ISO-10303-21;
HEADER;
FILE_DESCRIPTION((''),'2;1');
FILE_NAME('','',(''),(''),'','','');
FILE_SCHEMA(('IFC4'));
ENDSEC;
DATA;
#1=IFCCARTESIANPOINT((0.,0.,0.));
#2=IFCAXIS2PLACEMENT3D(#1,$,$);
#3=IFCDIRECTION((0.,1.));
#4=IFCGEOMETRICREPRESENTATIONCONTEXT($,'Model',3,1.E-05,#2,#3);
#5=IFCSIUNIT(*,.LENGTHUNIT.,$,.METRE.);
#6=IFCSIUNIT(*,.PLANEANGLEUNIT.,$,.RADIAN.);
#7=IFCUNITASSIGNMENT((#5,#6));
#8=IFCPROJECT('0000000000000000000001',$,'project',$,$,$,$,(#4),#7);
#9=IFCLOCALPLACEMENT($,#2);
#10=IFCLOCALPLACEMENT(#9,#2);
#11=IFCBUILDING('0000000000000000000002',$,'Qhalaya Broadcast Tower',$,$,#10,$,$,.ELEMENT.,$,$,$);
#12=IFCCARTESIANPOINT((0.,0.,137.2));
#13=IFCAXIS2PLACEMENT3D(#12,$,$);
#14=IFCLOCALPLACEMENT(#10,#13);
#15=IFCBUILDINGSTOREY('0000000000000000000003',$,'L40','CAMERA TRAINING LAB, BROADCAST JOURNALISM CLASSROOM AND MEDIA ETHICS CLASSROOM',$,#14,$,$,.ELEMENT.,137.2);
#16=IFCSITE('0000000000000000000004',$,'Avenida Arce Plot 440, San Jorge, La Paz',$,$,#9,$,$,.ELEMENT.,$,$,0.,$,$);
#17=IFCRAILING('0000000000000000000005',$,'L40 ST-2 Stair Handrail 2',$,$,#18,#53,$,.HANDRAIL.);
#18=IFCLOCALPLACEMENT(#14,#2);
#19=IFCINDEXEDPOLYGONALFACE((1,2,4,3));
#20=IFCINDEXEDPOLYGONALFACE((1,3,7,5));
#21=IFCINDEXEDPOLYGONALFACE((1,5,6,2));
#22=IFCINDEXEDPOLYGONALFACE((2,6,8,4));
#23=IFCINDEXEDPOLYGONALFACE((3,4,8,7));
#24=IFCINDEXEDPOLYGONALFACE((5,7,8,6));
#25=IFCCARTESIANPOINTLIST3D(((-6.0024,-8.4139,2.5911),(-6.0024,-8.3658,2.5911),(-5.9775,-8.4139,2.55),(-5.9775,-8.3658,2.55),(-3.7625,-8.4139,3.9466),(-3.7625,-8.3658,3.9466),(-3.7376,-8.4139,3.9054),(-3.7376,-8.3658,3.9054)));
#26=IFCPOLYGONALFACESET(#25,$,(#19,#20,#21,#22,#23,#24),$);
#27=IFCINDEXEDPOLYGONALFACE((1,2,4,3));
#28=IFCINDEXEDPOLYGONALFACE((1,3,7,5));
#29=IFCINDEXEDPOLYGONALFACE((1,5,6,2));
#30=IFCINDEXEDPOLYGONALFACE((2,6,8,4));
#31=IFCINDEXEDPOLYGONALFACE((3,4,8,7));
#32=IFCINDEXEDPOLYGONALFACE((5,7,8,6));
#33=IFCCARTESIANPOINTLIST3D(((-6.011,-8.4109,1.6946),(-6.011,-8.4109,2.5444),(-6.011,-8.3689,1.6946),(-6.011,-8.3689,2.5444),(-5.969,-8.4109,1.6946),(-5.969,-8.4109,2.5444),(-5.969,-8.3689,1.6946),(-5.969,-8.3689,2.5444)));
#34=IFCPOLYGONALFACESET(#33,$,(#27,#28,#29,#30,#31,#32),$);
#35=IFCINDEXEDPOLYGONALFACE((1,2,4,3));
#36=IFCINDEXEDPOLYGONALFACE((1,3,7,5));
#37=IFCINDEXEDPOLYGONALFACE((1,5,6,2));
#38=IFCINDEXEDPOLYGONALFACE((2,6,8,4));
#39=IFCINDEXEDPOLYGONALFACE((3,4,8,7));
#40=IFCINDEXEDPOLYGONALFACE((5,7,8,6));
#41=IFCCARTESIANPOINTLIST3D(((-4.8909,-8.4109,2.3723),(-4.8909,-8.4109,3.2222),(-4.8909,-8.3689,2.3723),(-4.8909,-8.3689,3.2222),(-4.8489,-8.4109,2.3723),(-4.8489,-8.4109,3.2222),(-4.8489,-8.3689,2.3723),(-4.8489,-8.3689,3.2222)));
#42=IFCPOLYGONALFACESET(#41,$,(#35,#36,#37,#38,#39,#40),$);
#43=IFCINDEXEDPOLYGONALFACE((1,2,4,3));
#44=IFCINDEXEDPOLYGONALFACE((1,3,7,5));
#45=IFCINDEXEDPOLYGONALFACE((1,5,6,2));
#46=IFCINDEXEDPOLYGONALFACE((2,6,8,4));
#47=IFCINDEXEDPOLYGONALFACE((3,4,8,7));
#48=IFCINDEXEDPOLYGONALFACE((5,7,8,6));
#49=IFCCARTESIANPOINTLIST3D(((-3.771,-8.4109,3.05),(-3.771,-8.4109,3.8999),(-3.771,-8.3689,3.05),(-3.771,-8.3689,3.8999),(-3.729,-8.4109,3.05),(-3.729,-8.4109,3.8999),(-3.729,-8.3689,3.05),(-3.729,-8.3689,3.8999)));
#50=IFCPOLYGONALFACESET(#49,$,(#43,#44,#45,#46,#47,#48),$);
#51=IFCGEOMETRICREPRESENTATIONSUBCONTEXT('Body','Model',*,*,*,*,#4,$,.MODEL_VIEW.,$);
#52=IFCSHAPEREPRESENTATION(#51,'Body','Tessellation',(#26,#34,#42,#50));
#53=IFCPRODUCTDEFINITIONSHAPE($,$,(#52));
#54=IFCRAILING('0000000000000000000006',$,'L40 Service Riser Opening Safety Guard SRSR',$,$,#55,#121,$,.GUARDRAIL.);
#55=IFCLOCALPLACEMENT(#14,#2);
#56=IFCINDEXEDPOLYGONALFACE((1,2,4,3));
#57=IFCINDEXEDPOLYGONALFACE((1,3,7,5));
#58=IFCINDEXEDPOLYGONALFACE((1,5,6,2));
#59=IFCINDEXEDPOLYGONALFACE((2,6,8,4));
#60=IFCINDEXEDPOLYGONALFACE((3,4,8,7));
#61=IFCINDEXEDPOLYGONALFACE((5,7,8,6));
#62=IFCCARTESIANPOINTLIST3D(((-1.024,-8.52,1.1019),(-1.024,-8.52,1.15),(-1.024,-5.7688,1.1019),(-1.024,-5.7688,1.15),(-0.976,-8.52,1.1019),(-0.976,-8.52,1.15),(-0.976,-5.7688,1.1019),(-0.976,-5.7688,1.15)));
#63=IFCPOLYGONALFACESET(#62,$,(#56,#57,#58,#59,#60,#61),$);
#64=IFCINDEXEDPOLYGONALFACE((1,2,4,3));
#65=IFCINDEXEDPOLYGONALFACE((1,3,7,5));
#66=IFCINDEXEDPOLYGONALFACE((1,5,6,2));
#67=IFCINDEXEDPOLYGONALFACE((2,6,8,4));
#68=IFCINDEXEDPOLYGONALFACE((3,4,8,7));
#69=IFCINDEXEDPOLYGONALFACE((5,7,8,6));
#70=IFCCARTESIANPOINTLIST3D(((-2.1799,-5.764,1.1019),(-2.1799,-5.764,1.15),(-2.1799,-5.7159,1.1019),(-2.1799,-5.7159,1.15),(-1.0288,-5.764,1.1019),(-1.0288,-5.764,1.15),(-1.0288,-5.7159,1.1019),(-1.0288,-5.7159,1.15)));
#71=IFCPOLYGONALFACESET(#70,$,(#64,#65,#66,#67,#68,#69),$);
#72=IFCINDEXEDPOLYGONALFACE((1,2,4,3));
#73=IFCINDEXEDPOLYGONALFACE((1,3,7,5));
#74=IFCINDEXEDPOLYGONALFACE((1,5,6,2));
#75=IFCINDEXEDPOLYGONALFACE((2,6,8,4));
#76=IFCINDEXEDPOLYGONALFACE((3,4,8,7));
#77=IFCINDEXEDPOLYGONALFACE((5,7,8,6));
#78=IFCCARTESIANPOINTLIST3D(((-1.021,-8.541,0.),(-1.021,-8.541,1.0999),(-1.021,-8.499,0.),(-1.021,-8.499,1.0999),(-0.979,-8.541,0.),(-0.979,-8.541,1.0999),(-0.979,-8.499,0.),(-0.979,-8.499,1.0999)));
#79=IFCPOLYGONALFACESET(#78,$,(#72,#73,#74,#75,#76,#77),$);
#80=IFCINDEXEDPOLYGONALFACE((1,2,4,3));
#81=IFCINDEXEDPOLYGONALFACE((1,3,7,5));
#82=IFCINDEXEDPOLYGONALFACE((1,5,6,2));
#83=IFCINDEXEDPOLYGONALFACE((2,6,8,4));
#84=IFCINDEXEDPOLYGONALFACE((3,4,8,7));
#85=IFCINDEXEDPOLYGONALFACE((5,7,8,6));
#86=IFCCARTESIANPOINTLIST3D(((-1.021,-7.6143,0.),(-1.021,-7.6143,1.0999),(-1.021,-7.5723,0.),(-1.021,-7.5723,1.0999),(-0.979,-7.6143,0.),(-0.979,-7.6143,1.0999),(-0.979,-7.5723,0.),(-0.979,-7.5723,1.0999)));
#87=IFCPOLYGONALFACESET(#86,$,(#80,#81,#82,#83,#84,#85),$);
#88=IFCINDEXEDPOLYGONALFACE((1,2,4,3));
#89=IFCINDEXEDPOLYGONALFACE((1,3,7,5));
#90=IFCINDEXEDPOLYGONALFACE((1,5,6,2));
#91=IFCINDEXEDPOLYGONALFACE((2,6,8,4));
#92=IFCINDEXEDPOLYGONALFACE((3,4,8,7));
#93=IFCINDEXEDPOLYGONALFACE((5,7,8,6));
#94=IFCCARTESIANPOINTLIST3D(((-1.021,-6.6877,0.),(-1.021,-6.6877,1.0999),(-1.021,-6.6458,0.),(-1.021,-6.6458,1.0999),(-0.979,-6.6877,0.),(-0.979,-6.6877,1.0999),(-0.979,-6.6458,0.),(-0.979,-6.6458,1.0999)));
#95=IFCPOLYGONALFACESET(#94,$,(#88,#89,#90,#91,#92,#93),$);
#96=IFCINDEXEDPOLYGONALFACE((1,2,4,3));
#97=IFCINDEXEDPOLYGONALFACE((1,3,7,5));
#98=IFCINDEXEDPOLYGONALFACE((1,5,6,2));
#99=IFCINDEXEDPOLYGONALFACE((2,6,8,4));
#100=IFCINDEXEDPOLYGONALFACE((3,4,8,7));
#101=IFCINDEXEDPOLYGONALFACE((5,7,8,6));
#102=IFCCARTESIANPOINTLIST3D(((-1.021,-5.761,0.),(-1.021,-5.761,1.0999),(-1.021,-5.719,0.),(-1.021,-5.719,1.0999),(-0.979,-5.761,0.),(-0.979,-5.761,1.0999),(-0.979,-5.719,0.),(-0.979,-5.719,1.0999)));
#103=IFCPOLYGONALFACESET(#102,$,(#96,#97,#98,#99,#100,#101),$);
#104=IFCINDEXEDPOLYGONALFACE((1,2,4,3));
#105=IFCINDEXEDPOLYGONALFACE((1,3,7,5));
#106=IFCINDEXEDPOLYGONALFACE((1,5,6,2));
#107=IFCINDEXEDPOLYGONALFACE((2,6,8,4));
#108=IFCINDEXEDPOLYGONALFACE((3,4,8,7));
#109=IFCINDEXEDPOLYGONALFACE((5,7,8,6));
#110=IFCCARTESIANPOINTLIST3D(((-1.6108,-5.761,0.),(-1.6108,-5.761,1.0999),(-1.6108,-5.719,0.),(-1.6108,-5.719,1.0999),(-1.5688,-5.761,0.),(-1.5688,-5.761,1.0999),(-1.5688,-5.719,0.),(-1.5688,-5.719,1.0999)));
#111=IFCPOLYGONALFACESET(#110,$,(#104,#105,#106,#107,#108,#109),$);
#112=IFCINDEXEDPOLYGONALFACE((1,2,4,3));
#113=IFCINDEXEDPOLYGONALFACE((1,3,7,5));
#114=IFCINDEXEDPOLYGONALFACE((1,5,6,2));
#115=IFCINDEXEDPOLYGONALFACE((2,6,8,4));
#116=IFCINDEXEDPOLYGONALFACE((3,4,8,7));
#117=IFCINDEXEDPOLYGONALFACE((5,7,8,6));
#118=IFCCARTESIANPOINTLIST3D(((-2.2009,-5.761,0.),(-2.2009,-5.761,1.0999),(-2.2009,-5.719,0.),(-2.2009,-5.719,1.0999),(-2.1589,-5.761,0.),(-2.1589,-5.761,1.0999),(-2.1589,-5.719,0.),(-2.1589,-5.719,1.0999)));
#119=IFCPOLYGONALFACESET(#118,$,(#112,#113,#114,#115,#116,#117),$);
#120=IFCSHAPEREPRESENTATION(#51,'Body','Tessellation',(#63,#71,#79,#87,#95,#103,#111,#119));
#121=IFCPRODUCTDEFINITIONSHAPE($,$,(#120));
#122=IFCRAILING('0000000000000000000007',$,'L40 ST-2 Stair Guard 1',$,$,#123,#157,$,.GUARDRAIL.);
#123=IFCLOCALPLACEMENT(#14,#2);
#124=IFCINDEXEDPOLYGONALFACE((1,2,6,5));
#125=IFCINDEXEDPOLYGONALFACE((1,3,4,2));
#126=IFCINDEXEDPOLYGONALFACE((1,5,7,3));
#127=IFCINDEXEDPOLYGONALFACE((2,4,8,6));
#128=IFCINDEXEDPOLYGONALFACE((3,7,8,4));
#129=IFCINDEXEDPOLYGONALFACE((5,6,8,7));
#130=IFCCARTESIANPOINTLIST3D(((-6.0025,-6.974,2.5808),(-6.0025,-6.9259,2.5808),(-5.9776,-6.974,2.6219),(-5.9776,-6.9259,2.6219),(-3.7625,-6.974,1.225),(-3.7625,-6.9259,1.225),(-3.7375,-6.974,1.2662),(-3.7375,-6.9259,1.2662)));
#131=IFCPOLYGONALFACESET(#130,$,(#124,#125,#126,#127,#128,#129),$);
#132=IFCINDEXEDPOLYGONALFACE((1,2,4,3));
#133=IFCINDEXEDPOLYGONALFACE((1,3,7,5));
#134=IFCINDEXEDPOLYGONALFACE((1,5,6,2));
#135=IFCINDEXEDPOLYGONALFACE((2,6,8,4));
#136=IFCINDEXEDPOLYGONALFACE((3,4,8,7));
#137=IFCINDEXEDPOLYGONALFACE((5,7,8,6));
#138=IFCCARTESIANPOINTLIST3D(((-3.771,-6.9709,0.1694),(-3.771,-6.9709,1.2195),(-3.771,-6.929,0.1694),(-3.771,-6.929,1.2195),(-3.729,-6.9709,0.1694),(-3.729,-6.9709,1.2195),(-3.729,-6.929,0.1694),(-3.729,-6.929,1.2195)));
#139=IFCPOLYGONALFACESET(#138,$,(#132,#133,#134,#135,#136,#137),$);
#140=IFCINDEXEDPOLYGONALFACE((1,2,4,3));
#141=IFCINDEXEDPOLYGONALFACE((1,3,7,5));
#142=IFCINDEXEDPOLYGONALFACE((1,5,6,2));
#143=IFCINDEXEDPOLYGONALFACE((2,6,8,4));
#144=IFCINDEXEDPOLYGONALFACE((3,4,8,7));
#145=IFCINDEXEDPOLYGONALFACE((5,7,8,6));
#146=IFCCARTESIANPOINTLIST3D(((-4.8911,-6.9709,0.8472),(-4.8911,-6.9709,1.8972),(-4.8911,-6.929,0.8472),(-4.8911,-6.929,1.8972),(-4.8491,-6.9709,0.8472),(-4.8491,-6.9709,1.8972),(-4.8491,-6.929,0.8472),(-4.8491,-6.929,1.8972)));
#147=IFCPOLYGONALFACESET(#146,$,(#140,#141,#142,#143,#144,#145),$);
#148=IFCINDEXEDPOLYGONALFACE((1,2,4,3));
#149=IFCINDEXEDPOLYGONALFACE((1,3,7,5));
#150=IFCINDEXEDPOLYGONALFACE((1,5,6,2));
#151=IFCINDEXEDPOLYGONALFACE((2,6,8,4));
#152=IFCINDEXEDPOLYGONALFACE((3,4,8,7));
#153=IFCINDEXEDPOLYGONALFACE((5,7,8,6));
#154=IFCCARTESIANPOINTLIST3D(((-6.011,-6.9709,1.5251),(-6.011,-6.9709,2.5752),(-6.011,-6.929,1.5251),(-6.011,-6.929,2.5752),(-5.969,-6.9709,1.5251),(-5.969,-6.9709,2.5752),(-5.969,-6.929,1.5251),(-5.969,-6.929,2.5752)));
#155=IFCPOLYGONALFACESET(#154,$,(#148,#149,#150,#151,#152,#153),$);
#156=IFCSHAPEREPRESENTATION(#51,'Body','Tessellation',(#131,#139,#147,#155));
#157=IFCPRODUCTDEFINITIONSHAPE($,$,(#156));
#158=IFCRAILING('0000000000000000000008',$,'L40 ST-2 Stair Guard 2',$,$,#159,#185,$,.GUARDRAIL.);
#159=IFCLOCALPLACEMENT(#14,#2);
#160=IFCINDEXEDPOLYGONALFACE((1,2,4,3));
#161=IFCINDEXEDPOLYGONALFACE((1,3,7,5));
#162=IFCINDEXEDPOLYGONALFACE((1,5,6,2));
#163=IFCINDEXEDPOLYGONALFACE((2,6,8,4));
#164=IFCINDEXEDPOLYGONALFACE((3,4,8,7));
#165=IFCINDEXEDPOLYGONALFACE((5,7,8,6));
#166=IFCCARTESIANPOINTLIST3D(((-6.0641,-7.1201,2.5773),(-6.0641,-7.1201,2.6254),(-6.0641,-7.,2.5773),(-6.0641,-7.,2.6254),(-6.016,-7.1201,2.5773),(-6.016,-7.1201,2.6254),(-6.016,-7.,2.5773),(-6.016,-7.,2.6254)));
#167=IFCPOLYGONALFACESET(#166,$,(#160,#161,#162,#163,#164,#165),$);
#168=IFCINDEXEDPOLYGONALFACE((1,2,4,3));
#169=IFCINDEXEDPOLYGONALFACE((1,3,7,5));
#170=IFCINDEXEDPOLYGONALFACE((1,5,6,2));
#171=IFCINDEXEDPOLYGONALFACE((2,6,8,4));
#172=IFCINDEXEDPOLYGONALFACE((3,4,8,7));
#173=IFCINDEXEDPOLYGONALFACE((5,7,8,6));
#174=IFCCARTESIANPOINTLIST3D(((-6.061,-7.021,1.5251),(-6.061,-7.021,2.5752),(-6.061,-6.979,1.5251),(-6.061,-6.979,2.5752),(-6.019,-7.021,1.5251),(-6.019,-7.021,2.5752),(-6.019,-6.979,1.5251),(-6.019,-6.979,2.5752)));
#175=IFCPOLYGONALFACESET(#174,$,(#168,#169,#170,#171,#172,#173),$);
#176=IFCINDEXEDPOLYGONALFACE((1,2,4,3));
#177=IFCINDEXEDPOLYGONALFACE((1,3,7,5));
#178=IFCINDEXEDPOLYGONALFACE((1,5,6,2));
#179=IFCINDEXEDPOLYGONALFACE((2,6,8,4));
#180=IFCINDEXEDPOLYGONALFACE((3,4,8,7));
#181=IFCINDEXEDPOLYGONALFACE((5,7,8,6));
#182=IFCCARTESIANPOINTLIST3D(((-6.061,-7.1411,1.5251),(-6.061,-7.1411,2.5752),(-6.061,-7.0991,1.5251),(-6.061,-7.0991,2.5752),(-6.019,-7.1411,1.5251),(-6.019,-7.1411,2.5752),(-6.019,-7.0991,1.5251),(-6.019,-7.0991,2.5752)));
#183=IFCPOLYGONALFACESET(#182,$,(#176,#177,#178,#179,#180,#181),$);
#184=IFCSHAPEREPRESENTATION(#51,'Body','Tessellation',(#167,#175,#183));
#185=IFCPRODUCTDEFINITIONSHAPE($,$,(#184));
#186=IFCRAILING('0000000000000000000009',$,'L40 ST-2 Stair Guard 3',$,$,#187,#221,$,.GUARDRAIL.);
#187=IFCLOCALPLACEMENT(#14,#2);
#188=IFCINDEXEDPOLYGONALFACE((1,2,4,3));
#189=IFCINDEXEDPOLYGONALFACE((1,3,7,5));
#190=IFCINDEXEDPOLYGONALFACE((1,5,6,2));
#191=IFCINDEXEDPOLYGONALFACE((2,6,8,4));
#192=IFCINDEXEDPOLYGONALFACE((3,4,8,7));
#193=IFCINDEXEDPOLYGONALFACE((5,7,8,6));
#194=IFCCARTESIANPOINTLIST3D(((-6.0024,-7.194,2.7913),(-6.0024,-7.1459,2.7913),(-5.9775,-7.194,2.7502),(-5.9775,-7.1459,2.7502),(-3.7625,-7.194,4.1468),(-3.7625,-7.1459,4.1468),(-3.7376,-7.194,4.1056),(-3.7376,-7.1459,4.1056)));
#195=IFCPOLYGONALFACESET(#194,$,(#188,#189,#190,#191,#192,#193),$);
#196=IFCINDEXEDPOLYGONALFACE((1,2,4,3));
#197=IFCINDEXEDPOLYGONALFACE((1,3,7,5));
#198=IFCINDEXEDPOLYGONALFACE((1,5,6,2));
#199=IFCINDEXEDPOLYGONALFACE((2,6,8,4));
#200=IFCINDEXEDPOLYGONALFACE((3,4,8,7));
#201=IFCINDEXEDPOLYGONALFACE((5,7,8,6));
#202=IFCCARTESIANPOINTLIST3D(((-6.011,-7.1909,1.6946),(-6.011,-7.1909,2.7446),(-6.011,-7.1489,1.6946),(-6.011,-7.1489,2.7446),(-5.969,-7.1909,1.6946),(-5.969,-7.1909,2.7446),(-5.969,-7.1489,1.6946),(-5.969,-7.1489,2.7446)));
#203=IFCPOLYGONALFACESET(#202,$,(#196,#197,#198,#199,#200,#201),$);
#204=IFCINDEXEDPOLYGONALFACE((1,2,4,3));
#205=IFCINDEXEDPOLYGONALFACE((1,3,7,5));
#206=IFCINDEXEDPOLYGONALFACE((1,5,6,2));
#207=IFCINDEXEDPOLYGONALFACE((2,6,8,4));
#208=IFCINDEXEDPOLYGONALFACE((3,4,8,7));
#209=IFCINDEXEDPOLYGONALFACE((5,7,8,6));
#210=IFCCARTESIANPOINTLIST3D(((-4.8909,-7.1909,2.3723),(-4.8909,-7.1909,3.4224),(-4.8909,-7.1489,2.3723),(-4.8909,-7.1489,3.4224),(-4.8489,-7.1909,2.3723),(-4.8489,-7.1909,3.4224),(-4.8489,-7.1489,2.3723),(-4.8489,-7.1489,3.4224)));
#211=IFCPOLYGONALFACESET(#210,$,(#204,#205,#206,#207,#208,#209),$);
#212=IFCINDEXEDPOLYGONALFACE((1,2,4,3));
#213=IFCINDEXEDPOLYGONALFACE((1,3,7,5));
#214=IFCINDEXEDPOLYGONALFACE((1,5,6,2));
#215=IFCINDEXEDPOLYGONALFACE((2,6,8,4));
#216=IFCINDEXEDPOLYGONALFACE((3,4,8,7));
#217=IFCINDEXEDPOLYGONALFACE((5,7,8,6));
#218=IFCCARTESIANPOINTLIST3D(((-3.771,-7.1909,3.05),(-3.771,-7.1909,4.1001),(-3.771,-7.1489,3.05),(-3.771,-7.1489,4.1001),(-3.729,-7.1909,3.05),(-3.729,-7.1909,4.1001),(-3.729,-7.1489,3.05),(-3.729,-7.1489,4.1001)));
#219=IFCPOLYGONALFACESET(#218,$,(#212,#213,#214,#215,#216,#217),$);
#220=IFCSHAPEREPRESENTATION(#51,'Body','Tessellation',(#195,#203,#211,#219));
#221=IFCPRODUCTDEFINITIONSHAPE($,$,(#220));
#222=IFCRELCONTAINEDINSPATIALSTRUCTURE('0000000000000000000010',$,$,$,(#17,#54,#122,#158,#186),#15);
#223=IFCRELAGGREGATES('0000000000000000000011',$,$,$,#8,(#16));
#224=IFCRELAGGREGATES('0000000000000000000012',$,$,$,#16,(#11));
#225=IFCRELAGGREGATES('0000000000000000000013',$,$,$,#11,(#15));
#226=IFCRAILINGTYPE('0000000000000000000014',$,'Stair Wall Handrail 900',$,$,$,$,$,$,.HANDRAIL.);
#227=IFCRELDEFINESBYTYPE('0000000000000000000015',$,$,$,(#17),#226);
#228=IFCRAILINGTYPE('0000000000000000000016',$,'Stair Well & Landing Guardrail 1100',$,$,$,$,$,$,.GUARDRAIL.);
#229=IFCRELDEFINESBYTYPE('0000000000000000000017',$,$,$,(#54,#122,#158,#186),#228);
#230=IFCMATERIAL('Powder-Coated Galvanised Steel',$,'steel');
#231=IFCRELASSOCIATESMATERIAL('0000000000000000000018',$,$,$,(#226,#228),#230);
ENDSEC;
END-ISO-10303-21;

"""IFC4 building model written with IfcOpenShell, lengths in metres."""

from ifc_helpers import new_model, si_unit, direction, frame, origin, origin_2d, place, context, subcontext, project, spatial, rectangle, extrude, material, type_object, element, save


model = new_model("IFC4")

# Units and contexts
model_context = context("Model", 3, precision=1e-05, world=origin(), true_north=direction((0.0, 1.0)))
body_context = subcontext(model_context, "Body", "Model", "MODEL_VIEW")
ifc_project = project(units=[si_unit("LENGTHUNIT", "METRE"), si_unit("PLANEANGLEUNIT", "RADIAN")], contexts=[model_context])

# Site, building, storey
site_placement = place(None, origin())
site = spatial("IfcSite", under=ifc_project, at=site_placement, Name="Avenida Arce Plot 440, San Jorge, La Paz", CompositionType="ELEMENT", RefElevation=0.0)
building_placement = place(site_placement, origin())
building = spatial("IfcBuilding", under=site, at=building_placement, Name="Qhalaya Broadcast Tower", CompositionType="ELEMENT")
storey_placement = place(building_placement, frame((0.0, 0.0, 137.2)))
storey = spatial("IfcBuildingStorey", under=building, at=storey_placement, Name="L40", Description="CAMERA TRAINING LAB, BROADCAST JOURNALISM CLASSROOM AND MEDIA ETHICS CLASSROOM", CompositionType="ELEMENT", Elevation=137.2)

# Railings
ifc_material_1 = material(Name="Powder-Coated Galvanised Steel", Category="steel")
railing_type_1 = type_object("IfcRailingType", Name="Stair Wall Handrail 900", PredefinedType="HANDRAIL", material=ifc_material_1)
railing_1_placement = place(storey_placement, frame((-5.99, -8.3899, 1.6946)))
element("IfcRailing", 1, at=railing_1_placement, inside=storey, type_object=railing_type_1, Name="L40 ST-2 Stair Handrail 2", PredefinedType="HANDRAIL", context=body_context, shape_type="SweptSolid", body=[
    extrude(rectangle(XDim=0.0481, YDim=0.0481, at=origin_2d()), frame((0.0, 0.0, 0.876), z_axis=(0.855553, 0.0, 0.517715), x_axis=(0.0, 1.0, 0.0)), (0.0, 0.0, 1.0), 2.6182),
    extrude(rectangle(XDim=0.042, YDim=0.042, at=origin_2d()), origin(), (0.0, 0.0, 1.0), 0.8499),
    extrude(rectangle(XDim=0.042, YDim=0.042, at=origin_2d()), frame((1.1201, 0.0, 0.6777)), (0.0, 0.0, 1.0), 0.8499),
    extrude(rectangle(XDim=0.042, YDim=0.042, at=origin_2d()), frame((2.24, 0.0, 1.3555)), (0.0, 0.0, 1.0), 0.8499),
])
railing_type_2 = type_object("IfcRailingType", Name="Stair Well & Landing Guardrail 1100", PredefinedType="GUARDRAIL", material=ifc_material_1)
railing_2_placement = place(storey_placement, frame((-1.0, -8.52, 0.0)))
element("IfcRailing", 2, at=railing_2_placement, inside=storey, type_object=railing_type_2, Name="L40 Service Riser Opening Safety Guard SRSR", PredefinedType="GUARDRAIL", context=body_context, shape_type="SweptSolid", body=[
    extrude(rectangle(XDim=0.0481, YDim=0.0481, at=origin_2d()), frame((0.0, 0.0, 1.126), z_axis=(0.0, 1.0, 0.0), x_axis=(-1.0, 0.0, 0.0)), (0.0, 0.0, 1.0), 2.7512),
    extrude(rectangle(XDim=0.0481, YDim=0.0481, at=origin_2d()), frame((-0.0288, 2.78, 1.126), z_axis=(-1.0, 0.0, 0.0), x_axis=(0.0, -1.0, 0.0)), (0.0, 0.0, 1.0), 1.1511),
    extrude(rectangle(XDim=0.042, YDim=0.042, at=origin_2d()), origin(), (0.0, 0.0, 1.0), 1.0999),
    extrude(rectangle(XDim=0.042, YDim=0.042, at=origin_2d()), frame((0.0, 0.9268, 0.0)), (0.0, 0.0, 1.0), 1.0999),
    extrude(rectangle(XDim=0.042, YDim=0.042, at=origin_2d()), frame((0.0, 1.8533, 0.0)), (0.0, 0.0, 1.0), 1.0999),
    extrude(rectangle(XDim=0.042, YDim=0.042, at=origin_2d()), frame((0.0, 2.78, 0.0)), (0.0, 0.0, 1.0), 1.0999),
    extrude(rectangle(XDim=0.042, YDim=0.042, at=origin_2d()), frame((-0.5898, 2.78, 0.0)), (0.0, 0.0, 1.0), 1.0999),
    extrude(rectangle(XDim=0.042, YDim=0.042, at=origin_2d()), frame((-1.1799, 2.78, 0.0)), (0.0, 0.0, 1.0), 1.0999),
])
railing_3_placement = place(storey_placement, frame((-3.75, -6.95, 0.1694)))
element("IfcRailing", 3, at=railing_3_placement, inside=storey, type_object=railing_type_2, Name="L40 ST-2 Stair Guard 1", PredefinedType="GUARDRAIL", context=body_context, shape_type="SweptSolid", body=[
    extrude(rectangle(XDim=0.0481, YDim=0.0481, at=origin_2d()), frame((0.0, 0.0, 1.0762), z_axis=(-0.855512, 0.0, 0.517783), x_axis=(0.0, -1.0, 0.0)), (0.0, 0.0, 1.0), 2.6184),
    extrude(rectangle(XDim=0.042, YDim=0.042, at=origin_2d()), origin(), (0.0, 0.0, 1.0), 1.05),
    extrude(rectangle(XDim=0.042, YDim=0.042, at=origin_2d()), frame((-1.1201, 0.0, 0.6777)), (0.0, 0.0, 1.0), 1.05),
    extrude(rectangle(XDim=0.042, YDim=0.042, at=origin_2d()), frame((-2.24, 0.0, 1.3557)), (0.0, 0.0, 1.0), 1.05),
])
railing_4_placement = place(storey_placement, frame((-6.04, -7.0, 1.5251)))
element("IfcRailing", 4, at=railing_4_placement, inside=storey, type_object=railing_type_2, Name="L40 ST-2 Stair Guard 2", PredefinedType="GUARDRAIL", context=body_context, shape_type="SweptSolid", body=[
    extrude(rectangle(XDim=0.0481, YDim=0.0481, at=origin_2d()), frame((0.0, 0.0, 1.0762), z_axis=(0.0, -1.0, 0.0), x_axis=(1.0, 0.0, 0.0)), (0.0, 0.0, 1.0), 0.1201),
    extrude(rectangle(XDim=0.042, YDim=0.042, at=origin_2d()), origin(), (0.0, 0.0, 1.0), 1.05),
    extrude(rectangle(XDim=0.042, YDim=0.042, at=origin_2d()), frame((0.0, -0.1201, 0.0)), (0.0, 0.0, 1.0), 1.05),
])
railing_5_placement = place(storey_placement, frame((-5.99, -7.1699, 1.6946)))
element("IfcRailing", 5, at=railing_5_placement, inside=storey, type_object=railing_type_2, Name="L40 ST-2 Stair Guard 3", PredefinedType="GUARDRAIL", context=body_context, shape_type="SweptSolid", body=[
    extrude(rectangle(XDim=0.0481, YDim=0.0481, at=origin_2d()), frame((0.0, 0.0, 1.0762), z_axis=(0.855553, 0.0, 0.517715), x_axis=(0.0, 1.0, 0.0)), (0.0, 0.0, 1.0), 2.6182),
    extrude(rectangle(XDim=0.042, YDim=0.042, at=origin_2d()), origin(), (0.0, 0.0, 1.0), 1.05),
    extrude(rectangle(XDim=0.042, YDim=0.042, at=origin_2d()), frame((1.1201, 0.0, 0.6777)), (0.0, 0.0, 1.0), 1.05),
    extrude(rectangle(XDim=0.042, YDim=0.042, at=origin_2d()), frame((2.24, 0.0, 1.3555)), (0.0, 0.0, 1.0), 1.05),
])

save(model, "model.ifc")
